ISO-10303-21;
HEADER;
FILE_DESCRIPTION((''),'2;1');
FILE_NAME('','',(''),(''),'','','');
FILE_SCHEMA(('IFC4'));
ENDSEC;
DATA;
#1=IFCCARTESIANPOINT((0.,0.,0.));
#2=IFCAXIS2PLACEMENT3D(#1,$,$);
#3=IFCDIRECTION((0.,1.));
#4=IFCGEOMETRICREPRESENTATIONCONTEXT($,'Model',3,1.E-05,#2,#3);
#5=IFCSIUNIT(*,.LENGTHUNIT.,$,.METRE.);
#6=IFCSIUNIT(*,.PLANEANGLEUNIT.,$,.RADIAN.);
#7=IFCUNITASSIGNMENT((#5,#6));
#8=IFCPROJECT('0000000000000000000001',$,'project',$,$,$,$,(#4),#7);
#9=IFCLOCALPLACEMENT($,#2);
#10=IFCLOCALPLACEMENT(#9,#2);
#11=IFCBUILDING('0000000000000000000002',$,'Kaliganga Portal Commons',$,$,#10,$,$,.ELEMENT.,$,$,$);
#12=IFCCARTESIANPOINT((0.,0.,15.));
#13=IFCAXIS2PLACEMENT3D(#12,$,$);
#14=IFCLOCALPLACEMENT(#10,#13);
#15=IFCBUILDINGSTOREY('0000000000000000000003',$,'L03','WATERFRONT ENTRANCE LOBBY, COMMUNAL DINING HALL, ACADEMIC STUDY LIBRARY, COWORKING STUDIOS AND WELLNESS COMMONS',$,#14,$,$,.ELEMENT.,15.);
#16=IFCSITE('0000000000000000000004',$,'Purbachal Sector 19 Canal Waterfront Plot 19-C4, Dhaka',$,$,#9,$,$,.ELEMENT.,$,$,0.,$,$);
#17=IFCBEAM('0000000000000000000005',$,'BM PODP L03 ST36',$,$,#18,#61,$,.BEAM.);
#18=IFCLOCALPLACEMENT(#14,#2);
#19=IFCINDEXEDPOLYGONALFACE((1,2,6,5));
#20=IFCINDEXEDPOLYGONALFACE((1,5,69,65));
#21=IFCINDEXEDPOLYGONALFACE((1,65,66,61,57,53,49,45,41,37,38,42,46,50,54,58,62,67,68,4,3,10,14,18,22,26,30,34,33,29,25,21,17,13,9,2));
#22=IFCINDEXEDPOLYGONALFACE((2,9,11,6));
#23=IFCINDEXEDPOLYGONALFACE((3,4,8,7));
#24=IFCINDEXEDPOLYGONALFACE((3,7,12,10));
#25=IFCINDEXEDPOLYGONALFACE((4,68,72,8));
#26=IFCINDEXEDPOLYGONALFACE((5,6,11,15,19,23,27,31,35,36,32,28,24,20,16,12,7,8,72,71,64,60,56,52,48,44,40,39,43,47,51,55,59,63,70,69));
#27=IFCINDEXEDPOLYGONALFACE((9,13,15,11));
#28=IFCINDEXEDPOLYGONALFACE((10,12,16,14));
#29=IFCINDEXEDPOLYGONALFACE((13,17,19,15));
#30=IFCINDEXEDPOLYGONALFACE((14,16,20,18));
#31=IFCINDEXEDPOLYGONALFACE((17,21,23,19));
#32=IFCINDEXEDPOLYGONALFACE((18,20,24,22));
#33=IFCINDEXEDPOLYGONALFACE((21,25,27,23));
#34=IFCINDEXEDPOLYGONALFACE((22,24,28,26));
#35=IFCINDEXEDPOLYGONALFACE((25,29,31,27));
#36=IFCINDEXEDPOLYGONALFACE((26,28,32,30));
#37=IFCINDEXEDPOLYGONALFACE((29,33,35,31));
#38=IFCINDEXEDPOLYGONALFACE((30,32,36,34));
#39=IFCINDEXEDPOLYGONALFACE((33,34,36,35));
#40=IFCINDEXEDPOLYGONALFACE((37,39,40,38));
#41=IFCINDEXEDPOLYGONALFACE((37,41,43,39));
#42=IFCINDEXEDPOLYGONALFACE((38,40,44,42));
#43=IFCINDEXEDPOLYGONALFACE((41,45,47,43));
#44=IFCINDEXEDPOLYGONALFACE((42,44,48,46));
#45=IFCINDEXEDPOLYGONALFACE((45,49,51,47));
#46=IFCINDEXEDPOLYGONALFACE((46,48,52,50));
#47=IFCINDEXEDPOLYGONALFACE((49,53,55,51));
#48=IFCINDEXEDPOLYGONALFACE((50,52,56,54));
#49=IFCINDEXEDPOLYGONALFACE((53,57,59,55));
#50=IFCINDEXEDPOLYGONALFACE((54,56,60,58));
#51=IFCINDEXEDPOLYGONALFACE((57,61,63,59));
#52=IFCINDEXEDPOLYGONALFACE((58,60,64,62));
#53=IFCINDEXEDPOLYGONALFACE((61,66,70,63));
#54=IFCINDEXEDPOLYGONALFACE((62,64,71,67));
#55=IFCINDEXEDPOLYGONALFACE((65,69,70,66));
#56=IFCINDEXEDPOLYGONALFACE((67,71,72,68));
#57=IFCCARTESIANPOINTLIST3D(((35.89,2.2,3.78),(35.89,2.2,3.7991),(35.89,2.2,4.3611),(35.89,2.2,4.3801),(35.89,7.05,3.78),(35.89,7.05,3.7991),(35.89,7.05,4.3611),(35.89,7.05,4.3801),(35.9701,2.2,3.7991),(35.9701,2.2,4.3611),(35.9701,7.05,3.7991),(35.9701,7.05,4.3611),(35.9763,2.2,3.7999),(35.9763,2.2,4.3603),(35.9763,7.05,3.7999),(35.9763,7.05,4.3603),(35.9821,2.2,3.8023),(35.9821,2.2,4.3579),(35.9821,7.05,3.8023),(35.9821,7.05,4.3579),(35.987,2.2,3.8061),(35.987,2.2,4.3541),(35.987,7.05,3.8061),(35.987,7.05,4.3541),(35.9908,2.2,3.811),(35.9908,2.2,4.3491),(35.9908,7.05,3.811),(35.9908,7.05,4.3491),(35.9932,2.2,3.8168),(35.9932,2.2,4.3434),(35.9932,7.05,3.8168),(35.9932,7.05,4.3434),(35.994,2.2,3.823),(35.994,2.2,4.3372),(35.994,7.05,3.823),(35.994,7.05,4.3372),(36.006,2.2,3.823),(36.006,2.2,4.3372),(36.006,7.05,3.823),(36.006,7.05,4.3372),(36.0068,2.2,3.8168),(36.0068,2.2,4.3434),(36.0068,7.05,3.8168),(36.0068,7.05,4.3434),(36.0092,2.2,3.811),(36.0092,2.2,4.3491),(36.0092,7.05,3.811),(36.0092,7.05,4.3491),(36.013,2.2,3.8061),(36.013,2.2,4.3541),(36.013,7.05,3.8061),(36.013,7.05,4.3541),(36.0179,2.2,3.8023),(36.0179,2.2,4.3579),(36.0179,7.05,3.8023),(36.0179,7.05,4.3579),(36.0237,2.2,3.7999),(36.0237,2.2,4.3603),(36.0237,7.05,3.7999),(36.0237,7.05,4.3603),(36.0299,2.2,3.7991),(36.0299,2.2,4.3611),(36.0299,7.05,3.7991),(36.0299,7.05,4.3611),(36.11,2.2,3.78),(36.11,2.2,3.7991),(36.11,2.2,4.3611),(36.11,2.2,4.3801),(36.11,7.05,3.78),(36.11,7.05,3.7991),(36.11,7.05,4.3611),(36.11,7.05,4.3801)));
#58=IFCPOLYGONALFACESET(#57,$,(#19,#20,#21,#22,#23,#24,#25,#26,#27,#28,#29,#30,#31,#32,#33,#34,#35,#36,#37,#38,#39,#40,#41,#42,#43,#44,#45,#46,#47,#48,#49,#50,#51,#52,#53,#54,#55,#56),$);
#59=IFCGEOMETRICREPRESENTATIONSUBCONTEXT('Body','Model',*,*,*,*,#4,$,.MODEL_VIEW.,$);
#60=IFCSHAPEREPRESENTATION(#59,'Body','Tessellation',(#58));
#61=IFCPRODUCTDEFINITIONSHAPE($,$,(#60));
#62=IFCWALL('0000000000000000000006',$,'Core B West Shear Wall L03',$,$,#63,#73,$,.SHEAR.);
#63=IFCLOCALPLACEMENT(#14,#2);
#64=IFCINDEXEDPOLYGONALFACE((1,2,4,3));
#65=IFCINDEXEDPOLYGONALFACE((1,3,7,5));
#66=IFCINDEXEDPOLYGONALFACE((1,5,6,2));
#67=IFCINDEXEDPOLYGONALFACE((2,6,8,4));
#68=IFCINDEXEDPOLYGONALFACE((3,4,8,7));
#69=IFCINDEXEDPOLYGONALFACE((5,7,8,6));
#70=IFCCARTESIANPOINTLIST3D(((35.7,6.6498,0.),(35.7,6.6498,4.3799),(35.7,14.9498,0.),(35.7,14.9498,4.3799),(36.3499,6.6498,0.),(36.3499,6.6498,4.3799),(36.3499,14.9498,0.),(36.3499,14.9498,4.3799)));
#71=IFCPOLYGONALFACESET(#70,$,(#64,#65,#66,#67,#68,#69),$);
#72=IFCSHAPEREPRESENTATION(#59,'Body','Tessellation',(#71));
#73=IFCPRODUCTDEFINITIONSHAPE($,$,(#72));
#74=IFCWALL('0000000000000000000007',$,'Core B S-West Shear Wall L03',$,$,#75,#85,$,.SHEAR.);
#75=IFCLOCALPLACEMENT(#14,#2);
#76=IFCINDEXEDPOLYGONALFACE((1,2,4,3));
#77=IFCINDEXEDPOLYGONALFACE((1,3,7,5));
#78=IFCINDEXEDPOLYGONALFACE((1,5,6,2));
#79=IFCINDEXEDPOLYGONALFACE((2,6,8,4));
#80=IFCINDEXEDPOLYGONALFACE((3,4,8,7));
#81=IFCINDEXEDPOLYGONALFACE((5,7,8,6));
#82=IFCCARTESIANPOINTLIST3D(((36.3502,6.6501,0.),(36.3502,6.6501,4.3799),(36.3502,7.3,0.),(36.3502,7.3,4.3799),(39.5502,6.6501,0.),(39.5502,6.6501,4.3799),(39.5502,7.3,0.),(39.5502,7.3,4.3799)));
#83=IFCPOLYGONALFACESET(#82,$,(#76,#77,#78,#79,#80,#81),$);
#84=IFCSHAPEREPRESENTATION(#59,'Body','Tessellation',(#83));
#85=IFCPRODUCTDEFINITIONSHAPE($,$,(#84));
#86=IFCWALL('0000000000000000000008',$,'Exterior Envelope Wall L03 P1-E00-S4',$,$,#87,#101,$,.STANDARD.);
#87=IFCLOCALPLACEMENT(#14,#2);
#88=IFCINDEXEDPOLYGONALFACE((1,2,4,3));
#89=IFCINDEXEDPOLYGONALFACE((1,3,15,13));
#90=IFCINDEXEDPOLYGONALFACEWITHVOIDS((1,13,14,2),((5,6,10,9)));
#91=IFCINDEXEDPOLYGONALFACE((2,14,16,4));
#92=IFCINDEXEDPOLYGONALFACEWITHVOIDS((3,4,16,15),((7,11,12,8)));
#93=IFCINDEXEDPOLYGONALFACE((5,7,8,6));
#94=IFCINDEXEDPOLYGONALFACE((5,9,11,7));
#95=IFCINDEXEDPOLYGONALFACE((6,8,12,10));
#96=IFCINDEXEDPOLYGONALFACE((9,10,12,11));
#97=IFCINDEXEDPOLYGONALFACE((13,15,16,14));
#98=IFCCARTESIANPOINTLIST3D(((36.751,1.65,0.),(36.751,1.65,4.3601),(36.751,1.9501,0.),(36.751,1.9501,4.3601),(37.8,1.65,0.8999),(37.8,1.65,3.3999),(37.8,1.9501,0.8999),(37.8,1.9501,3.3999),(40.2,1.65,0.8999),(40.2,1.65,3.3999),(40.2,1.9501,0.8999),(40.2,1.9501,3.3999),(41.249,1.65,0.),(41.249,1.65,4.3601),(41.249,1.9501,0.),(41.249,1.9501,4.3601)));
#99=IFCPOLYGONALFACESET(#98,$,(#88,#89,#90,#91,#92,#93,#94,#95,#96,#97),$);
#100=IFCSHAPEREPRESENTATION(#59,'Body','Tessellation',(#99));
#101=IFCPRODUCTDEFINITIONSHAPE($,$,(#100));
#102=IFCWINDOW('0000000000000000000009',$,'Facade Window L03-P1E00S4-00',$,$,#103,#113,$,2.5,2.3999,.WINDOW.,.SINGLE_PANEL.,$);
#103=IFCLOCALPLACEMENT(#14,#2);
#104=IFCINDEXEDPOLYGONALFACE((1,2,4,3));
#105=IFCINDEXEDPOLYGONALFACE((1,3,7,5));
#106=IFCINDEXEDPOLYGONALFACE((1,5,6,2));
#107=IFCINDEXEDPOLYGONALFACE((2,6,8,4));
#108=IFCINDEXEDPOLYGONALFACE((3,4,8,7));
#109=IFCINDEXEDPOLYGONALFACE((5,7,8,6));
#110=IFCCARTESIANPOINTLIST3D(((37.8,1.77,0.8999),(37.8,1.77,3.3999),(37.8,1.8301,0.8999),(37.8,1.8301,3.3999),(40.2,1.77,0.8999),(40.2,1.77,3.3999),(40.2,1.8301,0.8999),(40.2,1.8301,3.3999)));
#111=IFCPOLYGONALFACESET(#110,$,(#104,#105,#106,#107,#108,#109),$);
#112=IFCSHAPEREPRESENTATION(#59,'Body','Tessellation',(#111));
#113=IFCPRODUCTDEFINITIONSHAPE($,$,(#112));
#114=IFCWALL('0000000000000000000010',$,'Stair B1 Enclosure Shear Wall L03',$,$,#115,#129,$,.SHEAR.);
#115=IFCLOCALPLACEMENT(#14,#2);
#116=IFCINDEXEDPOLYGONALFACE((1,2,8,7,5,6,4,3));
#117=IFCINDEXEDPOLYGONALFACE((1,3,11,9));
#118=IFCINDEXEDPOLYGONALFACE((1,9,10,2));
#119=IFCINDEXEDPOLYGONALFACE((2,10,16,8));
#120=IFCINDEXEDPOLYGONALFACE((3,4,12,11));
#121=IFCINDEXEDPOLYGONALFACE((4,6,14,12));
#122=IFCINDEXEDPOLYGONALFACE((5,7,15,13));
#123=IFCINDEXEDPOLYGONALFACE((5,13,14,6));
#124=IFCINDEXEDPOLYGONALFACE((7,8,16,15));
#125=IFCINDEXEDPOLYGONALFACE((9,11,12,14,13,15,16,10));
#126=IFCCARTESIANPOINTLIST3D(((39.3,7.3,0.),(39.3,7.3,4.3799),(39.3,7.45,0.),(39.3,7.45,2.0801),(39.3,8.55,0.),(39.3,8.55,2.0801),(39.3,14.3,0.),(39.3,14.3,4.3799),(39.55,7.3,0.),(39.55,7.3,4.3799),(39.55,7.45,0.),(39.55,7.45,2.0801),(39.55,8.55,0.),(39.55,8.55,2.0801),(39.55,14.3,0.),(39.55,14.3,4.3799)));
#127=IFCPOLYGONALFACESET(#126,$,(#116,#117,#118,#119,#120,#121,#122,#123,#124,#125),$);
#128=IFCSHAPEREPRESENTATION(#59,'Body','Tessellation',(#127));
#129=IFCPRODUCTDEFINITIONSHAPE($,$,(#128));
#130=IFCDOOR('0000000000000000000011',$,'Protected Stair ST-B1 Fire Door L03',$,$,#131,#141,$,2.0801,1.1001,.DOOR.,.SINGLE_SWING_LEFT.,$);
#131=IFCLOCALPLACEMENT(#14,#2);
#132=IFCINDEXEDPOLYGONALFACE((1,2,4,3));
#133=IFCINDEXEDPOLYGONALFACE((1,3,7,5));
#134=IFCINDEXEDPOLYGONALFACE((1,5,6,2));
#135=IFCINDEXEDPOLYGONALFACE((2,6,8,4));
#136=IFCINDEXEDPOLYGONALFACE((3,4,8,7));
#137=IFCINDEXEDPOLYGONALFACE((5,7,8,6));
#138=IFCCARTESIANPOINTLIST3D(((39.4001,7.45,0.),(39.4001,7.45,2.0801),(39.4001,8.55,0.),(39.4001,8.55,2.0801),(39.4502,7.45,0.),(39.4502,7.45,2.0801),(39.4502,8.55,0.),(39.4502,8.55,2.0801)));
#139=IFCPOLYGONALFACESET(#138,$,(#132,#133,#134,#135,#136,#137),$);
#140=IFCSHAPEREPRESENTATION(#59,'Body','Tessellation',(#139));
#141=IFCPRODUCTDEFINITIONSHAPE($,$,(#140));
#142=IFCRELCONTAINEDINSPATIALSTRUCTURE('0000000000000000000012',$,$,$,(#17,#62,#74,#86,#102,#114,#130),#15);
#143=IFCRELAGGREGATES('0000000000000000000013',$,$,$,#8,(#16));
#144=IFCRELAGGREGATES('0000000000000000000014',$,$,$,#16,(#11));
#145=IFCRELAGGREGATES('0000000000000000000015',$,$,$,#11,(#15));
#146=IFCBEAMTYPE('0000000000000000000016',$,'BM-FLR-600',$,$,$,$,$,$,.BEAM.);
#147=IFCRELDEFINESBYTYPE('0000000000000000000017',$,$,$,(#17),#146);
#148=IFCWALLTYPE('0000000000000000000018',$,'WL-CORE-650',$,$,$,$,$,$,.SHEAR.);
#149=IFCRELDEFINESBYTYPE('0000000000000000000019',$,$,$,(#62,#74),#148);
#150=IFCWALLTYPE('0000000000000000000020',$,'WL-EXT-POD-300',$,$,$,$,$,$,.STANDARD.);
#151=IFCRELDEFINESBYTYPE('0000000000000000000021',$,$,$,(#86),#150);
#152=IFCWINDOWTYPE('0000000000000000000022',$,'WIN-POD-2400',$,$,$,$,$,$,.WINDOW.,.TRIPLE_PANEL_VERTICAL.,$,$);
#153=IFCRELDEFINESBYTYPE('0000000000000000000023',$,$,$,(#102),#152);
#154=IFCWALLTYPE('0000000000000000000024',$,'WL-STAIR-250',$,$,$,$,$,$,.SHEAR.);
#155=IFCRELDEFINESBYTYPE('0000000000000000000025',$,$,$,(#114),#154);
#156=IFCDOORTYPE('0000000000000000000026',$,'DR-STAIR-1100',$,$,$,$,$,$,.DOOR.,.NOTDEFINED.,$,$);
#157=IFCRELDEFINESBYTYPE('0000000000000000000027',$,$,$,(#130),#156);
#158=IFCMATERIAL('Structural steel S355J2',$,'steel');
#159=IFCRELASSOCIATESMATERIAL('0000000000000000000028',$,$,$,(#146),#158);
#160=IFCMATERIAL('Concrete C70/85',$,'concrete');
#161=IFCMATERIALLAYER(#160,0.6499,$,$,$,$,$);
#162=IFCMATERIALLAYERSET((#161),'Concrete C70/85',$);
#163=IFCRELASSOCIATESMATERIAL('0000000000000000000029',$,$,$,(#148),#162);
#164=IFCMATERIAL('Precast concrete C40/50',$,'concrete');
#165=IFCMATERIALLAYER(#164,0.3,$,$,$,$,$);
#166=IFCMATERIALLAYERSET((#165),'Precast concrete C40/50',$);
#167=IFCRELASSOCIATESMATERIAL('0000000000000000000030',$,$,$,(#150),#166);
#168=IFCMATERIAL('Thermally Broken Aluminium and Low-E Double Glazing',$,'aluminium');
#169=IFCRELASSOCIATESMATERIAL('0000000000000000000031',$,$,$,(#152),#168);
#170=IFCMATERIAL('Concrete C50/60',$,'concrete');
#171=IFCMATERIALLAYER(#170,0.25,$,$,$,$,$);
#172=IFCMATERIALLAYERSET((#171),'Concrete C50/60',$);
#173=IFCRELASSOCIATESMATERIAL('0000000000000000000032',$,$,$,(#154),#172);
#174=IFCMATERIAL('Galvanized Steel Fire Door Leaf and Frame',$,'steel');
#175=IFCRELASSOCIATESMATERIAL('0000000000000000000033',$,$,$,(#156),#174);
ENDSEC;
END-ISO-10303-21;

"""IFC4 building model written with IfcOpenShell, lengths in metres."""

from ifc_helpers import new_model, si_unit, direction, frame, frame_2d, origin, origin_2d, place, context, subcontext, project, spatial, rectangle, i_section, extrude, source, transform, mapped, material, layer, layer_set, material_profile, profile_set, type_object, element, fill, save


model = new_model("IFC4")

# Units and contexts
model_context = context("Model", 3, precision=1e-05, world=origin(), true_north=direction((0.0, 1.0)))
body_context = subcontext(model_context, "Body", "Model", "MODEL_VIEW")
ifc_project = project(units=[si_unit("LENGTHUNIT", "METRE"), si_unit("PLANEANGLEUNIT", "RADIAN")], contexts=[model_context])

# Site, building, storey
site_placement = place(None, origin())
site = spatial("IfcSite", under=ifc_project, at=site_placement, Name="Purbachal Sector 19 Canal Waterfront Plot 19-C4, Dhaka", CompositionType="ELEMENT", RefElevation=0.0)
building_placement = place(site_placement, origin())
building = spatial("IfcBuilding", under=site, at=building_placement, Name="Kaliganga Portal Commons", CompositionType="ELEMENT")
storey_placement = place(building_placement, frame((0.0, 0.0, 15.0)))
storey = spatial("IfcBuildingStorey", under=building, at=storey_placement, Name="L03", Description="WATERFRONT ENTRANCE LOBBY, COMMUNAL DINING HALL, ACADEMIC STUDY LIBRARY, COWORKING STUDIOS AND WELLNESS COMMONS", CompositionType="ELEMENT", Elevation=15.0)

# Shared definitions
ifc_material_1 = material(Name="Concrete C70/85", Category="concrete")

# Beam
ifc_material_2 = material(Name="Structural steel S355J2", Category="steel")
ifc_material_profile_1 = material_profile(ifc_material_2, i_section(OverallWidth=0.22, OverallDepth=0.6001, WebThickness=0.012, FlangeThickness=0.019, FilletRadius=0.0239, at=origin_2d()), Name="IPE 600")
ifc_profile_set_1 = profile_set([ifc_material_profile_1], Name="Structural steel S355J2 wide-flange")
beam_type_1 = type_object("IfcBeamType", Name="BM-FLR-600", PredefinedType="BEAM", material=ifc_profile_set_1)
shared_shape_1 = source(origin(), body_context, "Body", "SweptSolid", [
    extrude(i_section(OverallWidth=0.22, OverallDepth=0.6001, WebThickness=0.012, FlangeThickness=0.019, FilletRadius=0.0239, at=origin_2d()), origin(), (0.0, 0.0, 1.0), 4.8501),
])
beam_1_placement = place(storey_placement, frame((36.0, 2.2, 4.0801), z_axis=(0.0, 1.0, 0.0), x_axis=(-1.0, 0.0, 0.0)))
element("IfcBeam", 1, at=beam_1_placement, inside=storey, type_object=beam_type_1, Name="BM PODP L03 ST36", PredefinedType="BEAM", context=body_context, shape_type="MappedRepresentation", body=[
    mapped(shared_shape_1, transform((0.0, 0.0, 0.0), x_axis=(1.0, 0.0, 0.0), y_axis=(0.0, 1.0, 0.0), z_axis=(0.0, 0.0, 1.0), scale=1.0)),
])

# Walls
ifc_layer_1 = layer(ifc_material_1, 0.6499)
ifc_layer_set_1 = layer_set([ifc_layer_1], Name="Concrete C70/85")
wall_type_1 = type_object("IfcWallType", Name="WL-CORE-650", PredefinedType="SHEAR", material=ifc_layer_set_1)
wall_1_placement = place(storey_placement, frame((36.0249, 6.6499, 0.0), z_axis=(0.0, 0.0, 1.0), x_axis=(0.0, 1.0, 0.0)))
element("IfcWall", 2, at=wall_1_placement, inside=storey, type_object=wall_type_1, Name="Core B West Shear Wall L03", PredefinedType="SHEAR", context=body_context, shape_type="SweptSolid", body=[
    extrude(rectangle(XDim=8.3, YDim=0.6499, at=frame_2d((4.1499, 0.0))), origin(), (0.0, 0.0, 1.0), 4.3799),
])
wall_2_placement = place(storey_placement, frame((36.3501, 6.9751, 0.0), z_axis=(0.0, 0.0, 1.0), x_axis=(1.0, 0.0, 0.0)))
element("IfcWall", 3, at=wall_2_placement, inside=storey, type_object=wall_type_1, Name="Core B S-West Shear Wall L03", PredefinedType="SHEAR", context=body_context, shape_type="SweptSolid", body=[
    extrude(rectangle(XDim=3.2, YDim=0.6499, at=frame_2d((1.6001, 0.0))), origin(), (0.0, 0.0, 1.0), 4.3799),
])

# Wall, opening, window
ifc_material_3 = material(Name="Precast concrete C40/50", Category="concrete")
ifc_layer_2 = layer(ifc_material_3, 0.3)
ifc_layer_set_2 = layer_set([ifc_layer_2], Name="Precast concrete C40/50")
wall_type_2 = type_object("IfcWallType", Name="WL-EXT-POD-300", PredefinedType="STANDARD", material=ifc_layer_set_2)
wall_3_placement = place(storey_placement, frame((41.249, 1.8, 0.0), z_axis=(0.0, 0.0, 1.0), x_axis=(-1.0, 0.0, 0.0)))
wall_3 = element("IfcWall", 4, at=wall_3_placement, inside=storey, type_object=wall_type_2, Name="Exterior Envelope Wall L03 P1-E00-S4", PredefinedType="STANDARD", context=body_context, shape_type="SweptSolid", body=[
    extrude(rectangle(XDim=4.498, YDim=0.3, at=frame_2d((2.249, 0.0))), origin(), (0.0, 0.0, 1.0), 4.3601),
])
opening_1_placement = place(wall_3_placement, frame((1.0491, 0.0, 0.8999)))
opening_1 = element("IfcOpeningElement", 5, at=opening_1_placement, cuts=wall_3, PredefinedType="OPENING", context=body_context, shape_type="SweptSolid", body=[
    extrude(rectangle(XDim=2.3999, YDim=2.5, at=frame_2d((1.2, 1.25))), frame((0.0, 0.1602, 0.0), z_axis=(0.0, -1.0, 0.0), x_axis=(1.0, 0.0, 0.0)), (0.0, 0.0, 1.0), 0.3201),
])
ifc_material_4 = material(Name="Thermally Broken Aluminium and Low-E Double Glazing", Category="aluminium")
window_type = type_object("IfcWindowType", Name="WIN-POD-2400", PartitioningType="TRIPLE_PANEL_VERTICAL", PredefinedType="WINDOW", material=ifc_material_4)
window_placement = place(opening_1_placement, origin())
window = element("IfcWindow", 6, at=window_placement, inside=storey, type_object=window_type, Name="Facade Window L03-P1E00S4-00", OverallHeight=2.5, OverallWidth=2.3999, PartitioningType="SINGLE_PANEL", PredefinedType="WINDOW", context=body_context, shape_type="SweptSolid", body=[
    extrude(rectangle(XDim=2.3999, YDim=2.5, at=frame_2d((1.2, 1.25))), frame((0.0, 0.03, 0.0), z_axis=(0.0, -1.0, 0.0), x_axis=(1.0, 0.0, 0.0)), (0.0, 0.0, 1.0), 0.0601),
])
fill(opening_1, window)

# Wall, opening, door
ifc_material_5 = material(Name="Concrete C50/60", Category="concrete")
ifc_layer_3 = layer(ifc_material_5, 0.25)
ifc_layer_set_3 = layer_set([ifc_layer_3], Name="Concrete C50/60")
wall_type_3 = type_object("IfcWallType", Name="WL-STAIR-250", PredefinedType="SHEAR", material=ifc_layer_set_3)
wall_4_placement = place(storey_placement, frame((39.425, 7.3, 0.0), z_axis=(0.0, 0.0, 1.0), x_axis=(0.0, 1.0, 0.0)))
wall_4 = element("IfcWall", 7, at=wall_4_placement, inside=storey, type_object=wall_type_3, Name="Stair B1 Enclosure Shear Wall L03", PredefinedType="SHEAR", context=body_context, shape_type="SweptSolid", body=[
    extrude(rectangle(XDim=7.0, YDim=0.25, at=frame_2d((3.5, 0.0))), origin(), (0.0, 0.0, 1.0), 4.3799),
])
opening_2_placement = place(wall_4_placement, frame((0.1499, 0.0, 0.0)))
opening_2 = element("IfcOpeningElement", 8, at=opening_2_placement, cuts=wall_4, PredefinedType="OPENING", context=body_context, shape_type="SweptSolid", body=[
    extrude(rectangle(XDim=1.1001, YDim=2.0801, at=frame_2d((0.55, 1.04))), frame((0.0, 0.135, 0.0), z_axis=(0.0, -1.0, 0.0), x_axis=(1.0, 0.0, 0.0)), (0.0, 0.0, 1.0), 0.27),
])
ifc_material_6 = material(Name="Galvanized Steel Fire Door Leaf and Frame", Category="steel")
door_type_1 = type_object("IfcDoorType", Name="DR-STAIR-1100", OperationType="NOTDEFINED", PredefinedType="DOOR", material=ifc_material_6)
door_1_placement = place(opening_2_placement, origin())
door_1 = element("IfcDoor", 9, at=door_1_placement, inside=storey, type_object=door_type_1, Name="Protected Stair ST-B1 Fire Door L03", OperationType="SINGLE_SWING_LEFT", OverallHeight=2.0801, OverallWidth=1.1001, PredefinedType="DOOR", context=body_context, shape_type="SweptSolid", body=[
    extrude(rectangle(XDim=1.1001, YDim=2.0801, at=frame_2d((0.55, 1.04))), frame((0.0, 0.0249, 0.0), z_axis=(0.0, -1.0, 0.0), x_axis=(1.0, 0.0, 0.0)), (0.0, 0.0, 1.0), 0.05),
])
fill(opening_2, door_1)

save(model, "model.ifc")
